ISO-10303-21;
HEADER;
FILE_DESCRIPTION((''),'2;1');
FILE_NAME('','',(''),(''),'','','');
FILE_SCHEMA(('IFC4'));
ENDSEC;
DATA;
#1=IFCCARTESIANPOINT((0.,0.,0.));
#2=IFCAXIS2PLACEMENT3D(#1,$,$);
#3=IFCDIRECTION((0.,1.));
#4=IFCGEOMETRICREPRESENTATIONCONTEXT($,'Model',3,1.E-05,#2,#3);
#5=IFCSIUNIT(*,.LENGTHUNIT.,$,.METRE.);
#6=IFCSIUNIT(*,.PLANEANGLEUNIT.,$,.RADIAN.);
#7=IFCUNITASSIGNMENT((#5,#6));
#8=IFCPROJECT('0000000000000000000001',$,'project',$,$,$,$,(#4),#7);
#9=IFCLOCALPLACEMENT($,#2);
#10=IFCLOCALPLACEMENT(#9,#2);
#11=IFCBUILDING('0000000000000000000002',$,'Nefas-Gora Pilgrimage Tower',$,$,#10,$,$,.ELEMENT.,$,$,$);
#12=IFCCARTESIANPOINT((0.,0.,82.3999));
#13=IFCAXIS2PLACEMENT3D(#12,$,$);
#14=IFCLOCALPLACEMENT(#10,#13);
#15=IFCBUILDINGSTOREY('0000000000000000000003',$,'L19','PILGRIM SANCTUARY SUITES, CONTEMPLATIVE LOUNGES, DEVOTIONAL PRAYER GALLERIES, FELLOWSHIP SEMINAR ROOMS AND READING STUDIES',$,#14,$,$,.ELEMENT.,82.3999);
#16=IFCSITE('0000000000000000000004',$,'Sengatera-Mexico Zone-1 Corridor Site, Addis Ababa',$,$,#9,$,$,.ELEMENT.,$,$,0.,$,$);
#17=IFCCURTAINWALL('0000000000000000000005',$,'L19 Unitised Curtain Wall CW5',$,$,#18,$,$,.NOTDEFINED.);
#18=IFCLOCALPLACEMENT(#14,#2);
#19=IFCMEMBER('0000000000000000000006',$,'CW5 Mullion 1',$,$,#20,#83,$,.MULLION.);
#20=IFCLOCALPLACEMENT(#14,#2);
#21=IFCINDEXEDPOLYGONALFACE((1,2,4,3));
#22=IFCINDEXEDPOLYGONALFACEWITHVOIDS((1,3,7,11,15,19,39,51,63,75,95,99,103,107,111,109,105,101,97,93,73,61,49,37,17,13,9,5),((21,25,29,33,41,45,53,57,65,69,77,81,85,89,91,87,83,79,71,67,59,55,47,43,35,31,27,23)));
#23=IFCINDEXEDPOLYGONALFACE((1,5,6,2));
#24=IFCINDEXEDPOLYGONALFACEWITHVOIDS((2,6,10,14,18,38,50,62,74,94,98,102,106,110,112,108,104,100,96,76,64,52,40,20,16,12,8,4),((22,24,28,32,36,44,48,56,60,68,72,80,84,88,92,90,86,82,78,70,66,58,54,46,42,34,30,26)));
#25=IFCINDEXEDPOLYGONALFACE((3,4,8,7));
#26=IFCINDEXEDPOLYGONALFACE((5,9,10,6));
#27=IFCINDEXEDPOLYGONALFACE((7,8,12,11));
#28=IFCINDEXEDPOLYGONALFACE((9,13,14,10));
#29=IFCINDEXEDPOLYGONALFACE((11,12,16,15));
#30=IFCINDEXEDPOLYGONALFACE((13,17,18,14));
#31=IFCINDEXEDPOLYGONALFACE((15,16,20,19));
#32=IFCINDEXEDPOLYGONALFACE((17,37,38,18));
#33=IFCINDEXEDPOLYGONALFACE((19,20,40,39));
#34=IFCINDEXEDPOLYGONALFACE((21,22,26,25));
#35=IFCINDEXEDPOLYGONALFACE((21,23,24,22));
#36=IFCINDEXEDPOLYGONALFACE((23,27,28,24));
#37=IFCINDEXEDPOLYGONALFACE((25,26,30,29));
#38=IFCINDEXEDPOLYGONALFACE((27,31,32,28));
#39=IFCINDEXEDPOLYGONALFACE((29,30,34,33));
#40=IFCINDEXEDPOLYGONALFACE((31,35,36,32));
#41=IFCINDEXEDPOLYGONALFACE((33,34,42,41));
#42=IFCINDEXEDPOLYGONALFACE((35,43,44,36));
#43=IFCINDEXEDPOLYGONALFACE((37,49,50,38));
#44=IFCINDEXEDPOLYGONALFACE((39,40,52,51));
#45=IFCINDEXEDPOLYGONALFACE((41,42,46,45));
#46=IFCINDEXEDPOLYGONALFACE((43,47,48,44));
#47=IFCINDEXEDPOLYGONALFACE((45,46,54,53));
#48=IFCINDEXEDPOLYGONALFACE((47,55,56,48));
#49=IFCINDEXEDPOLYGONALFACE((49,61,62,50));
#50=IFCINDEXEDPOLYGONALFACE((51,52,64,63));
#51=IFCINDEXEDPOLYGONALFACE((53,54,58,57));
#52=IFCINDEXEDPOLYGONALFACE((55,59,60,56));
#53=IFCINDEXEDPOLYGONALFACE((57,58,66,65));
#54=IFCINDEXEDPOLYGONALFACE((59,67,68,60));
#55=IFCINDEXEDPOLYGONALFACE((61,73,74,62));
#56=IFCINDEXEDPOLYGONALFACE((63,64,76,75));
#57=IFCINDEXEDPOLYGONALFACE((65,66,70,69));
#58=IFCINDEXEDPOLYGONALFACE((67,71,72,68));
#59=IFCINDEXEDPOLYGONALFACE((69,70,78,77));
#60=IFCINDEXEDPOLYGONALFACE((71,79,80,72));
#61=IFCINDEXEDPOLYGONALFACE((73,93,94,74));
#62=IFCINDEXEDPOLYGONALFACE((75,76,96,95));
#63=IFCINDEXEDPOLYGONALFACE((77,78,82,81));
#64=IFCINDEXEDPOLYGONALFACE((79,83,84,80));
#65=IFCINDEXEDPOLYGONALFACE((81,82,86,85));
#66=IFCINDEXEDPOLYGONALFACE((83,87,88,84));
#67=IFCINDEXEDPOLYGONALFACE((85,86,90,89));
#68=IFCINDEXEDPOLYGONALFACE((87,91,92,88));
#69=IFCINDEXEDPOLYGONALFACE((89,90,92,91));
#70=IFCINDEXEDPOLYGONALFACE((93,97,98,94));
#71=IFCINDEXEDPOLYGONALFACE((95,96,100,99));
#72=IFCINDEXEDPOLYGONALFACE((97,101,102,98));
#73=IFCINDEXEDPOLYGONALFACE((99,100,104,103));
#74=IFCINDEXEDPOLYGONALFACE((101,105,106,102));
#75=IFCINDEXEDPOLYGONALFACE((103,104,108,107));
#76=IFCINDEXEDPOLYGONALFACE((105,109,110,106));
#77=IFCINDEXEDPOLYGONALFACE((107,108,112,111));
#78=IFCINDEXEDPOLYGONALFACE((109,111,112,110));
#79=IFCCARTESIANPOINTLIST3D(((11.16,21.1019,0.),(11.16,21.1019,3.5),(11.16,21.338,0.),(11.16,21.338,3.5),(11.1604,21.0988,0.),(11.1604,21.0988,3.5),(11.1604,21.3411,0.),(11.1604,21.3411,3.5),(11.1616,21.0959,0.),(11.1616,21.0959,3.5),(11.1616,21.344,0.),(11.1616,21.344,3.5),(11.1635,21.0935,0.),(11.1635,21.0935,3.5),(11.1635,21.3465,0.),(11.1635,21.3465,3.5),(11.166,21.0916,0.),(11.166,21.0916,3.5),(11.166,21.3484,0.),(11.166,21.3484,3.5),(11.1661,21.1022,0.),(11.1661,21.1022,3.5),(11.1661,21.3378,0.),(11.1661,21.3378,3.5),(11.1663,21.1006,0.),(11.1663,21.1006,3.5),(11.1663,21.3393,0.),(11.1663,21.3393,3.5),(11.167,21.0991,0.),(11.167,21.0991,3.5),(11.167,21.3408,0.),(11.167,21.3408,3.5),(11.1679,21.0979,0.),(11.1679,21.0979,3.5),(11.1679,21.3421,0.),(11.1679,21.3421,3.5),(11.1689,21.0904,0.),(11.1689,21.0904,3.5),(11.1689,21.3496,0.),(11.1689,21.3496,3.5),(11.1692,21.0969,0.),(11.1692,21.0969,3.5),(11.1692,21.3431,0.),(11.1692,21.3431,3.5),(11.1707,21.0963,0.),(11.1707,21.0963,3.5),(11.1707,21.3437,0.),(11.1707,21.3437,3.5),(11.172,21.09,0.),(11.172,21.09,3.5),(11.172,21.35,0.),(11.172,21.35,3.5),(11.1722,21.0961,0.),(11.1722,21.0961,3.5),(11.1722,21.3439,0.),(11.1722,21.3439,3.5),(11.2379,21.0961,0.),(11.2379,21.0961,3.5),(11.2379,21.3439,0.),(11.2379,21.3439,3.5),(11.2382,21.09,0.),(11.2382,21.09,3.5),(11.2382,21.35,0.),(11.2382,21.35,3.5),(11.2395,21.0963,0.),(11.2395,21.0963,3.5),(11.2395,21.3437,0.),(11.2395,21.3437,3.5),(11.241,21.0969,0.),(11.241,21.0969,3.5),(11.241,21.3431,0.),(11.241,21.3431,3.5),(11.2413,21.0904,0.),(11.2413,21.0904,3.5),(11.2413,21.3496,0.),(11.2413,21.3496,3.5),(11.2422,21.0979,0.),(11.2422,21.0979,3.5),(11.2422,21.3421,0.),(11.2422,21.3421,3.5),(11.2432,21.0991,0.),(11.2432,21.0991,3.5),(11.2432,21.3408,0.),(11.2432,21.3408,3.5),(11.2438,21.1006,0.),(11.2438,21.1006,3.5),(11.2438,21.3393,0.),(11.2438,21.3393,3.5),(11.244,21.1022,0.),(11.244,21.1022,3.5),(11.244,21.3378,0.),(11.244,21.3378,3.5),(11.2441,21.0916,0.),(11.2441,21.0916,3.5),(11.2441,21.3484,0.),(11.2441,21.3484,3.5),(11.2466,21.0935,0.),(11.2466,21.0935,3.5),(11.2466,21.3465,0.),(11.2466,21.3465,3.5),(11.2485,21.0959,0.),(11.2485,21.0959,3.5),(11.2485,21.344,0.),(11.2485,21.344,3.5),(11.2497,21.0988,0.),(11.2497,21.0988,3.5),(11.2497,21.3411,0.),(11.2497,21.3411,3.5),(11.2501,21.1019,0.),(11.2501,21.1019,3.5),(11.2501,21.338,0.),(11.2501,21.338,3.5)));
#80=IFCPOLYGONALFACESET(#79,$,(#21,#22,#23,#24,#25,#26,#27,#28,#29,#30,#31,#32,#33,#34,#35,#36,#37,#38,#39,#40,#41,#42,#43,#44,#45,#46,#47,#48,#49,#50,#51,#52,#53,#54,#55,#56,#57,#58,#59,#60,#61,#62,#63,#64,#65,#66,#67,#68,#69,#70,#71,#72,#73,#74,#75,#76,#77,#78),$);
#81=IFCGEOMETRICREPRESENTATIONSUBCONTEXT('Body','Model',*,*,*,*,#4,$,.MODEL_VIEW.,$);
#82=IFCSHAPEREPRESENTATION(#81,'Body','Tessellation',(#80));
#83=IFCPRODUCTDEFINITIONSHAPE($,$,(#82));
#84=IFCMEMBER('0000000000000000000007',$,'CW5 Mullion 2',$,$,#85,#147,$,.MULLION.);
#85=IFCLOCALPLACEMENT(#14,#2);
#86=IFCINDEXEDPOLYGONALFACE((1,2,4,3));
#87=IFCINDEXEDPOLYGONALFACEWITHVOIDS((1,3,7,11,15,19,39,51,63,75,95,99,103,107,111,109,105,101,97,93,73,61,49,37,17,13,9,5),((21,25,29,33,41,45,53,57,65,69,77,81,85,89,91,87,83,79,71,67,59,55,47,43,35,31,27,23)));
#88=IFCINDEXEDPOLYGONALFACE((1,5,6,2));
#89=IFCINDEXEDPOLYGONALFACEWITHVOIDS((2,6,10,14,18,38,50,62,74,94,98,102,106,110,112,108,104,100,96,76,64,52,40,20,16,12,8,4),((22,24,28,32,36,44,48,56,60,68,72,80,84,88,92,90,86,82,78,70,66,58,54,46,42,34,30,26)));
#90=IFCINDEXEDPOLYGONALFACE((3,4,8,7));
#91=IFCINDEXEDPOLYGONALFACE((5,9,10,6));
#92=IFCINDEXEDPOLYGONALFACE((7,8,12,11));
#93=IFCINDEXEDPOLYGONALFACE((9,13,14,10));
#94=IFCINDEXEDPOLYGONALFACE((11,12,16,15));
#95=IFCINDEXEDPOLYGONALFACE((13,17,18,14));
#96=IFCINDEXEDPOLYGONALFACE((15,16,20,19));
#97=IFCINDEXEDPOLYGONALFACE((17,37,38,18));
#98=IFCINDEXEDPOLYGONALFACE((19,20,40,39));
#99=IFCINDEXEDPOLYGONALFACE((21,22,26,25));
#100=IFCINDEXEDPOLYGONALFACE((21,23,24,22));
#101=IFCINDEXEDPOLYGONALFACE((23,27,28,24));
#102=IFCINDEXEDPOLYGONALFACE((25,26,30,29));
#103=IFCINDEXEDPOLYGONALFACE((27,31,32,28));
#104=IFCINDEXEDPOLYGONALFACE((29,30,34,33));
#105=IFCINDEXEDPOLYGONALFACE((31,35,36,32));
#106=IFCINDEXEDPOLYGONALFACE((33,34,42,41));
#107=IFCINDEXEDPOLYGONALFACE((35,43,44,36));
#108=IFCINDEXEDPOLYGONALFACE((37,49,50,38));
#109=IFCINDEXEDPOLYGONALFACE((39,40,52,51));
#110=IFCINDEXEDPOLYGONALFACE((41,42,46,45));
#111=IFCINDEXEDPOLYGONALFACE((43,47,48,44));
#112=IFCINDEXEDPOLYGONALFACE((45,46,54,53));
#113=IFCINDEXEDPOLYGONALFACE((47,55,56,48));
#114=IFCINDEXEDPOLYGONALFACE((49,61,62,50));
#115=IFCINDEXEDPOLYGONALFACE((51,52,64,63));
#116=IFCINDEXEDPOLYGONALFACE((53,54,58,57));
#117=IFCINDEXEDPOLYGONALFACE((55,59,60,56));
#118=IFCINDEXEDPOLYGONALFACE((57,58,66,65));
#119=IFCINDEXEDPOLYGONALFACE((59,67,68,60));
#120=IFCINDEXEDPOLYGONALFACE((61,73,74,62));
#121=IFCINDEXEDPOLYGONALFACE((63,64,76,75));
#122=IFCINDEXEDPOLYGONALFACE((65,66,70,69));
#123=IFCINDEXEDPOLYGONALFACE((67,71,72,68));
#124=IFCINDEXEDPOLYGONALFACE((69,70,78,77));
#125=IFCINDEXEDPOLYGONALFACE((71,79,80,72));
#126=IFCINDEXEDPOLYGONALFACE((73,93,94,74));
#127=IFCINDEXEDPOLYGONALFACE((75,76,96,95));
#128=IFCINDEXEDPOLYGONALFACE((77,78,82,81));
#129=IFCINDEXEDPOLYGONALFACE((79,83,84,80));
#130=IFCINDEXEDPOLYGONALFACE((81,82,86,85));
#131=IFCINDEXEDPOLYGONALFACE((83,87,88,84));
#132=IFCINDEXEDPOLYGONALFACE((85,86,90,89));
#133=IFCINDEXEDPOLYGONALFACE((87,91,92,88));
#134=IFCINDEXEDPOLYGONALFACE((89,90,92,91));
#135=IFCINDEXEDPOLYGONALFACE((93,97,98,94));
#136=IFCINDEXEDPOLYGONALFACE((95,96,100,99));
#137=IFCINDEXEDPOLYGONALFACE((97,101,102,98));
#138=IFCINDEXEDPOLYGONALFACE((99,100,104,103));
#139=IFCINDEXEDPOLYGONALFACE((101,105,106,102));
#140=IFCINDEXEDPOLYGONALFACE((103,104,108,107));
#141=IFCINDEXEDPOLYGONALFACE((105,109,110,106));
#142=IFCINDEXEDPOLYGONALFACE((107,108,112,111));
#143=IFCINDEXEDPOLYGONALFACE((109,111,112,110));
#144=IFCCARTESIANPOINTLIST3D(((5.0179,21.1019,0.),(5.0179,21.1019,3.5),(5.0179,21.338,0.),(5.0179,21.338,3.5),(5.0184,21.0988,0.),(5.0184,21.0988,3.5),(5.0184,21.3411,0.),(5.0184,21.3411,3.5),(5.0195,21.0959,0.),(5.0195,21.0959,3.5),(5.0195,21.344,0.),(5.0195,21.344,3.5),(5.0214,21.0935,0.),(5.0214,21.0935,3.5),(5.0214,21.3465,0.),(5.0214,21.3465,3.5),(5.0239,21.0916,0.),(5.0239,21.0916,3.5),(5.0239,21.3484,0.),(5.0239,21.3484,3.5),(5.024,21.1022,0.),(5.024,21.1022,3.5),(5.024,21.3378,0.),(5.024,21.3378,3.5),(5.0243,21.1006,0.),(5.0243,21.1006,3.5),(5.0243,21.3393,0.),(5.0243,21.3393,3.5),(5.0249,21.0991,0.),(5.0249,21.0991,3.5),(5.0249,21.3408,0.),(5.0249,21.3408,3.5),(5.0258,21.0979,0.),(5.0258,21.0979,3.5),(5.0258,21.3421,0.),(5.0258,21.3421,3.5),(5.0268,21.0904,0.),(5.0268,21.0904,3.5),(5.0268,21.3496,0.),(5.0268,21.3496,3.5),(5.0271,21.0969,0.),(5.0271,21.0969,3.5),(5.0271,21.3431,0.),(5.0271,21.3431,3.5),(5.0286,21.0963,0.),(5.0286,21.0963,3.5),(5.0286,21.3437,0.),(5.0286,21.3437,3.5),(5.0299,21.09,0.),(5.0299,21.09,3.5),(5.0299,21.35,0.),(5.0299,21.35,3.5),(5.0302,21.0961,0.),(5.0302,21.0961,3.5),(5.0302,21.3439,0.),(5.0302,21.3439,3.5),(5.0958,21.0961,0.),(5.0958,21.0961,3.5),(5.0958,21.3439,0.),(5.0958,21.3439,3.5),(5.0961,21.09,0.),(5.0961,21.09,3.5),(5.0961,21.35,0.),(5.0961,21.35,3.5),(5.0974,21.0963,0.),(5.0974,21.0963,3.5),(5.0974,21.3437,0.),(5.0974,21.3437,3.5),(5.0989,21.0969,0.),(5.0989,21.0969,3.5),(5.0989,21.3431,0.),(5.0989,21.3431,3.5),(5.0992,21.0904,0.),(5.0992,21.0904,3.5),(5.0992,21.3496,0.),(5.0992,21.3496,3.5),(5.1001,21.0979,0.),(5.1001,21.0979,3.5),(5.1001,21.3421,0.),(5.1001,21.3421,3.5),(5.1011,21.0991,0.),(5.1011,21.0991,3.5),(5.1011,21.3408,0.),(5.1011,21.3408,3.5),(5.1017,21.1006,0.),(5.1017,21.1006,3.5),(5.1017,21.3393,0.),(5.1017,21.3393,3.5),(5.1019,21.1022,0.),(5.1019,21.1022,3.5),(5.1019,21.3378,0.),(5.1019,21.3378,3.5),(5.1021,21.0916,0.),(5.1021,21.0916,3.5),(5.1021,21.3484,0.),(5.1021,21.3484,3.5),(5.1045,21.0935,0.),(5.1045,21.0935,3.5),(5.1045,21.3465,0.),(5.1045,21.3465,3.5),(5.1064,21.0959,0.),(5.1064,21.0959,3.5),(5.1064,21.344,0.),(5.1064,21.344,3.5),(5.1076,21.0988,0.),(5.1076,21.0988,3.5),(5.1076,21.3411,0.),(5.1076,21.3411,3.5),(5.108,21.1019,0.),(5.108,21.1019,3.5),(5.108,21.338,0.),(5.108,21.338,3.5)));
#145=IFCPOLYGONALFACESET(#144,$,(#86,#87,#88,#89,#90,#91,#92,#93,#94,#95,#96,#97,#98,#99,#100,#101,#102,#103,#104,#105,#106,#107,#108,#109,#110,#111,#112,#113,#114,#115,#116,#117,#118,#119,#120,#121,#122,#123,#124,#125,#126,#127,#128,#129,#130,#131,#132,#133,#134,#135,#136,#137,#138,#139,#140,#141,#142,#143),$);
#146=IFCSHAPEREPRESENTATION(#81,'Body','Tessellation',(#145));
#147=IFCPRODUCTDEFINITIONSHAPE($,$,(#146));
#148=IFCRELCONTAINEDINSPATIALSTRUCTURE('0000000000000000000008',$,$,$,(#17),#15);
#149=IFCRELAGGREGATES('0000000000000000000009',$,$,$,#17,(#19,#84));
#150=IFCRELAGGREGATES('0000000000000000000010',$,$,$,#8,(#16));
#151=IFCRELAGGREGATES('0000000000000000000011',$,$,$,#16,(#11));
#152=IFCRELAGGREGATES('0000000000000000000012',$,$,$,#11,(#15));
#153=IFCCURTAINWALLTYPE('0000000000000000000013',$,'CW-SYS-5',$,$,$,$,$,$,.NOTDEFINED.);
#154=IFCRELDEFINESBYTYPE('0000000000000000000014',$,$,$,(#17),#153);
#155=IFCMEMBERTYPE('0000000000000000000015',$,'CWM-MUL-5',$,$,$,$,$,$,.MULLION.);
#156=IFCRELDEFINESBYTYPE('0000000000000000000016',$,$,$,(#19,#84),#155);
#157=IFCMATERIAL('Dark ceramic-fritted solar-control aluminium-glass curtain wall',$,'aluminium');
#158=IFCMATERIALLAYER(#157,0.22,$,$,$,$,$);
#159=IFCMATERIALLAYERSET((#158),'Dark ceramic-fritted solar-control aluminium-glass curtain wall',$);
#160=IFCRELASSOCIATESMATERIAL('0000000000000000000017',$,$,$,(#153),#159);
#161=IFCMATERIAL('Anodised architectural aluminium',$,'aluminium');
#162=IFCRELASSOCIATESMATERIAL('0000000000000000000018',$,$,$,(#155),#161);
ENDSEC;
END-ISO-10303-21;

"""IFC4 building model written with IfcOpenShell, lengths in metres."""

from ifc_helpers import new_model, si_unit, direction, frame, origin, origin_2d, place, context, subcontext, project, spatial, hollow_rectangle, extrude, source, transform, mapped, material, layer, layer_set, material_profile, profile_set, type_object, element, aggregate, save


model = new_model("IFC4")

# Units and contexts
model_context = context("Model", 3, precision=1e-05, world=origin(), true_north=direction((0.0, 1.0)))
body_context = subcontext(model_context, "Body", "Model", "MODEL_VIEW")
ifc_project = project(units=[si_unit("LENGTHUNIT", "METRE"), si_unit("PLANEANGLEUNIT", "RADIAN")], contexts=[model_context])

# Site, building, storey
site_placement = place(None, origin())
site = spatial("IfcSite", under=ifc_project, at=site_placement, Name="Sengatera-Mexico Zone-1 Corridor Site, Addis Ababa", CompositionType="ELEMENT", RefElevation=0.0)
building_placement = place(site_placement, origin())
building = spatial("IfcBuilding", under=site, at=building_placement, Name="Nefas-Gora Pilgrimage Tower", CompositionType="ELEMENT")
storey_placement = place(building_placement, frame((0.0, 0.0, 82.3999)))
storey = spatial("IfcBuildingStorey", under=building, at=storey_placement, Name="L19", Description="PILGRIM SANCTUARY SUITES, CONTEMPLATIVE LOUNGES, DEVOTIONAL PRAYER GALLERIES, FELLOWSHIP SEMINAR ROOMS AND READING STUDIES", CompositionType="ELEMENT", Elevation=82.3999)

# Curtain wall
ifc_material_1 = material(Name="Dark ceramic-fritted solar-control aluminium-glass curtain wall", Category="aluminium")
ifc_layer_1 = layer(ifc_material_1, 0.22)
ifc_layer_set_1 = layer_set([ifc_layer_1], Name="Dark ceramic-fritted solar-control aluminium-glass curtain wall")
curtain_wall_type_1 = type_object("IfcCurtainWallType", Name="CW-SYS-5", PredefinedType="NOTDEFINED", material=ifc_layer_set_1)
curtain_wall_1_placement = place(storey_placement, origin())
curtain_wall_1 = element("IfcCurtainWall", 1, at=curtain_wall_1_placement, inside=storey, type_object=curtain_wall_type_1, Name="L19 Unitised Curtain Wall CW5", PredefinedType="NOTDEFINED")
ifc_material_2 = material(Name="Anodised architectural aluminium", Category="aluminium")

# Members
ifc_material_profile_1 = material_profile(ifc_material_2, hollow_rectangle(XDim=0.0901, YDim=0.26, WallThickness=0.0061, InnerFilletRadius=0.0061, OuterFilletRadius=0.012, at=origin_2d()), Name="ALU MULLION 90x260")
ifc_profile_set_1 = profile_set([ifc_material_profile_1], Name="Anodised architectural aluminium")
member_type_1 = type_object("IfcMemberType", Name="CWM-MUL-5", PredefinedType="MULLION", material=ifc_profile_set_1)
shared_shape_1 = source(origin(), body_context, "Body", "SweptSolid", [
    extrude(hollow_rectangle(XDim=0.0901, YDim=0.26, WallThickness=0.0061, InnerFilletRadius=0.0061, OuterFilletRadius=0.012, at=origin_2d()), origin(), (0.0, 0.0, 1.0), 3.5),
])
member_1_placement = place(storey_placement, frame((11.2051, 21.22, 0.0), z_axis=(0.0, 0.0, 1.0), x_axis=(-1.0, 0.0, 0.0)))
member_1 = element("IfcMember", 2, at=member_1_placement, type_object=member_type_1, Name="CW5 Mullion 1", PredefinedType="MULLION", context=body_context, shape_type="MappedRepresentation", body=[
    mapped(shared_shape_1, transform((0.0, 0.0, 0.0), x_axis=(1.0, 0.0, 0.0), y_axis=(0.0, 1.0, 0.0), z_axis=(0.0, 0.0, 1.0), scale=1.0)),
])
member_2_placement = place(storey_placement, frame((5.063, 21.22, 0.0), z_axis=(0.0, 0.0, 1.0), x_axis=(-1.0, 0.0, 0.0)))
member_2 = element("IfcMember", 3, at=member_2_placement, type_object=member_type_1, Name="CW5 Mullion 2", PredefinedType="MULLION", context=body_context, shape_type="MappedRepresentation", body=[
    mapped(shared_shape_1, transform((0.0, 0.0, 0.0), x_axis=(1.0, 0.0, 0.0), y_axis=(0.0, 1.0, 0.0), z_axis=(0.0, 0.0, 1.0), scale=1.0)),
])

aggregate(curtain_wall_1, [member_1, member_2])

save(model, "model.ifc")
